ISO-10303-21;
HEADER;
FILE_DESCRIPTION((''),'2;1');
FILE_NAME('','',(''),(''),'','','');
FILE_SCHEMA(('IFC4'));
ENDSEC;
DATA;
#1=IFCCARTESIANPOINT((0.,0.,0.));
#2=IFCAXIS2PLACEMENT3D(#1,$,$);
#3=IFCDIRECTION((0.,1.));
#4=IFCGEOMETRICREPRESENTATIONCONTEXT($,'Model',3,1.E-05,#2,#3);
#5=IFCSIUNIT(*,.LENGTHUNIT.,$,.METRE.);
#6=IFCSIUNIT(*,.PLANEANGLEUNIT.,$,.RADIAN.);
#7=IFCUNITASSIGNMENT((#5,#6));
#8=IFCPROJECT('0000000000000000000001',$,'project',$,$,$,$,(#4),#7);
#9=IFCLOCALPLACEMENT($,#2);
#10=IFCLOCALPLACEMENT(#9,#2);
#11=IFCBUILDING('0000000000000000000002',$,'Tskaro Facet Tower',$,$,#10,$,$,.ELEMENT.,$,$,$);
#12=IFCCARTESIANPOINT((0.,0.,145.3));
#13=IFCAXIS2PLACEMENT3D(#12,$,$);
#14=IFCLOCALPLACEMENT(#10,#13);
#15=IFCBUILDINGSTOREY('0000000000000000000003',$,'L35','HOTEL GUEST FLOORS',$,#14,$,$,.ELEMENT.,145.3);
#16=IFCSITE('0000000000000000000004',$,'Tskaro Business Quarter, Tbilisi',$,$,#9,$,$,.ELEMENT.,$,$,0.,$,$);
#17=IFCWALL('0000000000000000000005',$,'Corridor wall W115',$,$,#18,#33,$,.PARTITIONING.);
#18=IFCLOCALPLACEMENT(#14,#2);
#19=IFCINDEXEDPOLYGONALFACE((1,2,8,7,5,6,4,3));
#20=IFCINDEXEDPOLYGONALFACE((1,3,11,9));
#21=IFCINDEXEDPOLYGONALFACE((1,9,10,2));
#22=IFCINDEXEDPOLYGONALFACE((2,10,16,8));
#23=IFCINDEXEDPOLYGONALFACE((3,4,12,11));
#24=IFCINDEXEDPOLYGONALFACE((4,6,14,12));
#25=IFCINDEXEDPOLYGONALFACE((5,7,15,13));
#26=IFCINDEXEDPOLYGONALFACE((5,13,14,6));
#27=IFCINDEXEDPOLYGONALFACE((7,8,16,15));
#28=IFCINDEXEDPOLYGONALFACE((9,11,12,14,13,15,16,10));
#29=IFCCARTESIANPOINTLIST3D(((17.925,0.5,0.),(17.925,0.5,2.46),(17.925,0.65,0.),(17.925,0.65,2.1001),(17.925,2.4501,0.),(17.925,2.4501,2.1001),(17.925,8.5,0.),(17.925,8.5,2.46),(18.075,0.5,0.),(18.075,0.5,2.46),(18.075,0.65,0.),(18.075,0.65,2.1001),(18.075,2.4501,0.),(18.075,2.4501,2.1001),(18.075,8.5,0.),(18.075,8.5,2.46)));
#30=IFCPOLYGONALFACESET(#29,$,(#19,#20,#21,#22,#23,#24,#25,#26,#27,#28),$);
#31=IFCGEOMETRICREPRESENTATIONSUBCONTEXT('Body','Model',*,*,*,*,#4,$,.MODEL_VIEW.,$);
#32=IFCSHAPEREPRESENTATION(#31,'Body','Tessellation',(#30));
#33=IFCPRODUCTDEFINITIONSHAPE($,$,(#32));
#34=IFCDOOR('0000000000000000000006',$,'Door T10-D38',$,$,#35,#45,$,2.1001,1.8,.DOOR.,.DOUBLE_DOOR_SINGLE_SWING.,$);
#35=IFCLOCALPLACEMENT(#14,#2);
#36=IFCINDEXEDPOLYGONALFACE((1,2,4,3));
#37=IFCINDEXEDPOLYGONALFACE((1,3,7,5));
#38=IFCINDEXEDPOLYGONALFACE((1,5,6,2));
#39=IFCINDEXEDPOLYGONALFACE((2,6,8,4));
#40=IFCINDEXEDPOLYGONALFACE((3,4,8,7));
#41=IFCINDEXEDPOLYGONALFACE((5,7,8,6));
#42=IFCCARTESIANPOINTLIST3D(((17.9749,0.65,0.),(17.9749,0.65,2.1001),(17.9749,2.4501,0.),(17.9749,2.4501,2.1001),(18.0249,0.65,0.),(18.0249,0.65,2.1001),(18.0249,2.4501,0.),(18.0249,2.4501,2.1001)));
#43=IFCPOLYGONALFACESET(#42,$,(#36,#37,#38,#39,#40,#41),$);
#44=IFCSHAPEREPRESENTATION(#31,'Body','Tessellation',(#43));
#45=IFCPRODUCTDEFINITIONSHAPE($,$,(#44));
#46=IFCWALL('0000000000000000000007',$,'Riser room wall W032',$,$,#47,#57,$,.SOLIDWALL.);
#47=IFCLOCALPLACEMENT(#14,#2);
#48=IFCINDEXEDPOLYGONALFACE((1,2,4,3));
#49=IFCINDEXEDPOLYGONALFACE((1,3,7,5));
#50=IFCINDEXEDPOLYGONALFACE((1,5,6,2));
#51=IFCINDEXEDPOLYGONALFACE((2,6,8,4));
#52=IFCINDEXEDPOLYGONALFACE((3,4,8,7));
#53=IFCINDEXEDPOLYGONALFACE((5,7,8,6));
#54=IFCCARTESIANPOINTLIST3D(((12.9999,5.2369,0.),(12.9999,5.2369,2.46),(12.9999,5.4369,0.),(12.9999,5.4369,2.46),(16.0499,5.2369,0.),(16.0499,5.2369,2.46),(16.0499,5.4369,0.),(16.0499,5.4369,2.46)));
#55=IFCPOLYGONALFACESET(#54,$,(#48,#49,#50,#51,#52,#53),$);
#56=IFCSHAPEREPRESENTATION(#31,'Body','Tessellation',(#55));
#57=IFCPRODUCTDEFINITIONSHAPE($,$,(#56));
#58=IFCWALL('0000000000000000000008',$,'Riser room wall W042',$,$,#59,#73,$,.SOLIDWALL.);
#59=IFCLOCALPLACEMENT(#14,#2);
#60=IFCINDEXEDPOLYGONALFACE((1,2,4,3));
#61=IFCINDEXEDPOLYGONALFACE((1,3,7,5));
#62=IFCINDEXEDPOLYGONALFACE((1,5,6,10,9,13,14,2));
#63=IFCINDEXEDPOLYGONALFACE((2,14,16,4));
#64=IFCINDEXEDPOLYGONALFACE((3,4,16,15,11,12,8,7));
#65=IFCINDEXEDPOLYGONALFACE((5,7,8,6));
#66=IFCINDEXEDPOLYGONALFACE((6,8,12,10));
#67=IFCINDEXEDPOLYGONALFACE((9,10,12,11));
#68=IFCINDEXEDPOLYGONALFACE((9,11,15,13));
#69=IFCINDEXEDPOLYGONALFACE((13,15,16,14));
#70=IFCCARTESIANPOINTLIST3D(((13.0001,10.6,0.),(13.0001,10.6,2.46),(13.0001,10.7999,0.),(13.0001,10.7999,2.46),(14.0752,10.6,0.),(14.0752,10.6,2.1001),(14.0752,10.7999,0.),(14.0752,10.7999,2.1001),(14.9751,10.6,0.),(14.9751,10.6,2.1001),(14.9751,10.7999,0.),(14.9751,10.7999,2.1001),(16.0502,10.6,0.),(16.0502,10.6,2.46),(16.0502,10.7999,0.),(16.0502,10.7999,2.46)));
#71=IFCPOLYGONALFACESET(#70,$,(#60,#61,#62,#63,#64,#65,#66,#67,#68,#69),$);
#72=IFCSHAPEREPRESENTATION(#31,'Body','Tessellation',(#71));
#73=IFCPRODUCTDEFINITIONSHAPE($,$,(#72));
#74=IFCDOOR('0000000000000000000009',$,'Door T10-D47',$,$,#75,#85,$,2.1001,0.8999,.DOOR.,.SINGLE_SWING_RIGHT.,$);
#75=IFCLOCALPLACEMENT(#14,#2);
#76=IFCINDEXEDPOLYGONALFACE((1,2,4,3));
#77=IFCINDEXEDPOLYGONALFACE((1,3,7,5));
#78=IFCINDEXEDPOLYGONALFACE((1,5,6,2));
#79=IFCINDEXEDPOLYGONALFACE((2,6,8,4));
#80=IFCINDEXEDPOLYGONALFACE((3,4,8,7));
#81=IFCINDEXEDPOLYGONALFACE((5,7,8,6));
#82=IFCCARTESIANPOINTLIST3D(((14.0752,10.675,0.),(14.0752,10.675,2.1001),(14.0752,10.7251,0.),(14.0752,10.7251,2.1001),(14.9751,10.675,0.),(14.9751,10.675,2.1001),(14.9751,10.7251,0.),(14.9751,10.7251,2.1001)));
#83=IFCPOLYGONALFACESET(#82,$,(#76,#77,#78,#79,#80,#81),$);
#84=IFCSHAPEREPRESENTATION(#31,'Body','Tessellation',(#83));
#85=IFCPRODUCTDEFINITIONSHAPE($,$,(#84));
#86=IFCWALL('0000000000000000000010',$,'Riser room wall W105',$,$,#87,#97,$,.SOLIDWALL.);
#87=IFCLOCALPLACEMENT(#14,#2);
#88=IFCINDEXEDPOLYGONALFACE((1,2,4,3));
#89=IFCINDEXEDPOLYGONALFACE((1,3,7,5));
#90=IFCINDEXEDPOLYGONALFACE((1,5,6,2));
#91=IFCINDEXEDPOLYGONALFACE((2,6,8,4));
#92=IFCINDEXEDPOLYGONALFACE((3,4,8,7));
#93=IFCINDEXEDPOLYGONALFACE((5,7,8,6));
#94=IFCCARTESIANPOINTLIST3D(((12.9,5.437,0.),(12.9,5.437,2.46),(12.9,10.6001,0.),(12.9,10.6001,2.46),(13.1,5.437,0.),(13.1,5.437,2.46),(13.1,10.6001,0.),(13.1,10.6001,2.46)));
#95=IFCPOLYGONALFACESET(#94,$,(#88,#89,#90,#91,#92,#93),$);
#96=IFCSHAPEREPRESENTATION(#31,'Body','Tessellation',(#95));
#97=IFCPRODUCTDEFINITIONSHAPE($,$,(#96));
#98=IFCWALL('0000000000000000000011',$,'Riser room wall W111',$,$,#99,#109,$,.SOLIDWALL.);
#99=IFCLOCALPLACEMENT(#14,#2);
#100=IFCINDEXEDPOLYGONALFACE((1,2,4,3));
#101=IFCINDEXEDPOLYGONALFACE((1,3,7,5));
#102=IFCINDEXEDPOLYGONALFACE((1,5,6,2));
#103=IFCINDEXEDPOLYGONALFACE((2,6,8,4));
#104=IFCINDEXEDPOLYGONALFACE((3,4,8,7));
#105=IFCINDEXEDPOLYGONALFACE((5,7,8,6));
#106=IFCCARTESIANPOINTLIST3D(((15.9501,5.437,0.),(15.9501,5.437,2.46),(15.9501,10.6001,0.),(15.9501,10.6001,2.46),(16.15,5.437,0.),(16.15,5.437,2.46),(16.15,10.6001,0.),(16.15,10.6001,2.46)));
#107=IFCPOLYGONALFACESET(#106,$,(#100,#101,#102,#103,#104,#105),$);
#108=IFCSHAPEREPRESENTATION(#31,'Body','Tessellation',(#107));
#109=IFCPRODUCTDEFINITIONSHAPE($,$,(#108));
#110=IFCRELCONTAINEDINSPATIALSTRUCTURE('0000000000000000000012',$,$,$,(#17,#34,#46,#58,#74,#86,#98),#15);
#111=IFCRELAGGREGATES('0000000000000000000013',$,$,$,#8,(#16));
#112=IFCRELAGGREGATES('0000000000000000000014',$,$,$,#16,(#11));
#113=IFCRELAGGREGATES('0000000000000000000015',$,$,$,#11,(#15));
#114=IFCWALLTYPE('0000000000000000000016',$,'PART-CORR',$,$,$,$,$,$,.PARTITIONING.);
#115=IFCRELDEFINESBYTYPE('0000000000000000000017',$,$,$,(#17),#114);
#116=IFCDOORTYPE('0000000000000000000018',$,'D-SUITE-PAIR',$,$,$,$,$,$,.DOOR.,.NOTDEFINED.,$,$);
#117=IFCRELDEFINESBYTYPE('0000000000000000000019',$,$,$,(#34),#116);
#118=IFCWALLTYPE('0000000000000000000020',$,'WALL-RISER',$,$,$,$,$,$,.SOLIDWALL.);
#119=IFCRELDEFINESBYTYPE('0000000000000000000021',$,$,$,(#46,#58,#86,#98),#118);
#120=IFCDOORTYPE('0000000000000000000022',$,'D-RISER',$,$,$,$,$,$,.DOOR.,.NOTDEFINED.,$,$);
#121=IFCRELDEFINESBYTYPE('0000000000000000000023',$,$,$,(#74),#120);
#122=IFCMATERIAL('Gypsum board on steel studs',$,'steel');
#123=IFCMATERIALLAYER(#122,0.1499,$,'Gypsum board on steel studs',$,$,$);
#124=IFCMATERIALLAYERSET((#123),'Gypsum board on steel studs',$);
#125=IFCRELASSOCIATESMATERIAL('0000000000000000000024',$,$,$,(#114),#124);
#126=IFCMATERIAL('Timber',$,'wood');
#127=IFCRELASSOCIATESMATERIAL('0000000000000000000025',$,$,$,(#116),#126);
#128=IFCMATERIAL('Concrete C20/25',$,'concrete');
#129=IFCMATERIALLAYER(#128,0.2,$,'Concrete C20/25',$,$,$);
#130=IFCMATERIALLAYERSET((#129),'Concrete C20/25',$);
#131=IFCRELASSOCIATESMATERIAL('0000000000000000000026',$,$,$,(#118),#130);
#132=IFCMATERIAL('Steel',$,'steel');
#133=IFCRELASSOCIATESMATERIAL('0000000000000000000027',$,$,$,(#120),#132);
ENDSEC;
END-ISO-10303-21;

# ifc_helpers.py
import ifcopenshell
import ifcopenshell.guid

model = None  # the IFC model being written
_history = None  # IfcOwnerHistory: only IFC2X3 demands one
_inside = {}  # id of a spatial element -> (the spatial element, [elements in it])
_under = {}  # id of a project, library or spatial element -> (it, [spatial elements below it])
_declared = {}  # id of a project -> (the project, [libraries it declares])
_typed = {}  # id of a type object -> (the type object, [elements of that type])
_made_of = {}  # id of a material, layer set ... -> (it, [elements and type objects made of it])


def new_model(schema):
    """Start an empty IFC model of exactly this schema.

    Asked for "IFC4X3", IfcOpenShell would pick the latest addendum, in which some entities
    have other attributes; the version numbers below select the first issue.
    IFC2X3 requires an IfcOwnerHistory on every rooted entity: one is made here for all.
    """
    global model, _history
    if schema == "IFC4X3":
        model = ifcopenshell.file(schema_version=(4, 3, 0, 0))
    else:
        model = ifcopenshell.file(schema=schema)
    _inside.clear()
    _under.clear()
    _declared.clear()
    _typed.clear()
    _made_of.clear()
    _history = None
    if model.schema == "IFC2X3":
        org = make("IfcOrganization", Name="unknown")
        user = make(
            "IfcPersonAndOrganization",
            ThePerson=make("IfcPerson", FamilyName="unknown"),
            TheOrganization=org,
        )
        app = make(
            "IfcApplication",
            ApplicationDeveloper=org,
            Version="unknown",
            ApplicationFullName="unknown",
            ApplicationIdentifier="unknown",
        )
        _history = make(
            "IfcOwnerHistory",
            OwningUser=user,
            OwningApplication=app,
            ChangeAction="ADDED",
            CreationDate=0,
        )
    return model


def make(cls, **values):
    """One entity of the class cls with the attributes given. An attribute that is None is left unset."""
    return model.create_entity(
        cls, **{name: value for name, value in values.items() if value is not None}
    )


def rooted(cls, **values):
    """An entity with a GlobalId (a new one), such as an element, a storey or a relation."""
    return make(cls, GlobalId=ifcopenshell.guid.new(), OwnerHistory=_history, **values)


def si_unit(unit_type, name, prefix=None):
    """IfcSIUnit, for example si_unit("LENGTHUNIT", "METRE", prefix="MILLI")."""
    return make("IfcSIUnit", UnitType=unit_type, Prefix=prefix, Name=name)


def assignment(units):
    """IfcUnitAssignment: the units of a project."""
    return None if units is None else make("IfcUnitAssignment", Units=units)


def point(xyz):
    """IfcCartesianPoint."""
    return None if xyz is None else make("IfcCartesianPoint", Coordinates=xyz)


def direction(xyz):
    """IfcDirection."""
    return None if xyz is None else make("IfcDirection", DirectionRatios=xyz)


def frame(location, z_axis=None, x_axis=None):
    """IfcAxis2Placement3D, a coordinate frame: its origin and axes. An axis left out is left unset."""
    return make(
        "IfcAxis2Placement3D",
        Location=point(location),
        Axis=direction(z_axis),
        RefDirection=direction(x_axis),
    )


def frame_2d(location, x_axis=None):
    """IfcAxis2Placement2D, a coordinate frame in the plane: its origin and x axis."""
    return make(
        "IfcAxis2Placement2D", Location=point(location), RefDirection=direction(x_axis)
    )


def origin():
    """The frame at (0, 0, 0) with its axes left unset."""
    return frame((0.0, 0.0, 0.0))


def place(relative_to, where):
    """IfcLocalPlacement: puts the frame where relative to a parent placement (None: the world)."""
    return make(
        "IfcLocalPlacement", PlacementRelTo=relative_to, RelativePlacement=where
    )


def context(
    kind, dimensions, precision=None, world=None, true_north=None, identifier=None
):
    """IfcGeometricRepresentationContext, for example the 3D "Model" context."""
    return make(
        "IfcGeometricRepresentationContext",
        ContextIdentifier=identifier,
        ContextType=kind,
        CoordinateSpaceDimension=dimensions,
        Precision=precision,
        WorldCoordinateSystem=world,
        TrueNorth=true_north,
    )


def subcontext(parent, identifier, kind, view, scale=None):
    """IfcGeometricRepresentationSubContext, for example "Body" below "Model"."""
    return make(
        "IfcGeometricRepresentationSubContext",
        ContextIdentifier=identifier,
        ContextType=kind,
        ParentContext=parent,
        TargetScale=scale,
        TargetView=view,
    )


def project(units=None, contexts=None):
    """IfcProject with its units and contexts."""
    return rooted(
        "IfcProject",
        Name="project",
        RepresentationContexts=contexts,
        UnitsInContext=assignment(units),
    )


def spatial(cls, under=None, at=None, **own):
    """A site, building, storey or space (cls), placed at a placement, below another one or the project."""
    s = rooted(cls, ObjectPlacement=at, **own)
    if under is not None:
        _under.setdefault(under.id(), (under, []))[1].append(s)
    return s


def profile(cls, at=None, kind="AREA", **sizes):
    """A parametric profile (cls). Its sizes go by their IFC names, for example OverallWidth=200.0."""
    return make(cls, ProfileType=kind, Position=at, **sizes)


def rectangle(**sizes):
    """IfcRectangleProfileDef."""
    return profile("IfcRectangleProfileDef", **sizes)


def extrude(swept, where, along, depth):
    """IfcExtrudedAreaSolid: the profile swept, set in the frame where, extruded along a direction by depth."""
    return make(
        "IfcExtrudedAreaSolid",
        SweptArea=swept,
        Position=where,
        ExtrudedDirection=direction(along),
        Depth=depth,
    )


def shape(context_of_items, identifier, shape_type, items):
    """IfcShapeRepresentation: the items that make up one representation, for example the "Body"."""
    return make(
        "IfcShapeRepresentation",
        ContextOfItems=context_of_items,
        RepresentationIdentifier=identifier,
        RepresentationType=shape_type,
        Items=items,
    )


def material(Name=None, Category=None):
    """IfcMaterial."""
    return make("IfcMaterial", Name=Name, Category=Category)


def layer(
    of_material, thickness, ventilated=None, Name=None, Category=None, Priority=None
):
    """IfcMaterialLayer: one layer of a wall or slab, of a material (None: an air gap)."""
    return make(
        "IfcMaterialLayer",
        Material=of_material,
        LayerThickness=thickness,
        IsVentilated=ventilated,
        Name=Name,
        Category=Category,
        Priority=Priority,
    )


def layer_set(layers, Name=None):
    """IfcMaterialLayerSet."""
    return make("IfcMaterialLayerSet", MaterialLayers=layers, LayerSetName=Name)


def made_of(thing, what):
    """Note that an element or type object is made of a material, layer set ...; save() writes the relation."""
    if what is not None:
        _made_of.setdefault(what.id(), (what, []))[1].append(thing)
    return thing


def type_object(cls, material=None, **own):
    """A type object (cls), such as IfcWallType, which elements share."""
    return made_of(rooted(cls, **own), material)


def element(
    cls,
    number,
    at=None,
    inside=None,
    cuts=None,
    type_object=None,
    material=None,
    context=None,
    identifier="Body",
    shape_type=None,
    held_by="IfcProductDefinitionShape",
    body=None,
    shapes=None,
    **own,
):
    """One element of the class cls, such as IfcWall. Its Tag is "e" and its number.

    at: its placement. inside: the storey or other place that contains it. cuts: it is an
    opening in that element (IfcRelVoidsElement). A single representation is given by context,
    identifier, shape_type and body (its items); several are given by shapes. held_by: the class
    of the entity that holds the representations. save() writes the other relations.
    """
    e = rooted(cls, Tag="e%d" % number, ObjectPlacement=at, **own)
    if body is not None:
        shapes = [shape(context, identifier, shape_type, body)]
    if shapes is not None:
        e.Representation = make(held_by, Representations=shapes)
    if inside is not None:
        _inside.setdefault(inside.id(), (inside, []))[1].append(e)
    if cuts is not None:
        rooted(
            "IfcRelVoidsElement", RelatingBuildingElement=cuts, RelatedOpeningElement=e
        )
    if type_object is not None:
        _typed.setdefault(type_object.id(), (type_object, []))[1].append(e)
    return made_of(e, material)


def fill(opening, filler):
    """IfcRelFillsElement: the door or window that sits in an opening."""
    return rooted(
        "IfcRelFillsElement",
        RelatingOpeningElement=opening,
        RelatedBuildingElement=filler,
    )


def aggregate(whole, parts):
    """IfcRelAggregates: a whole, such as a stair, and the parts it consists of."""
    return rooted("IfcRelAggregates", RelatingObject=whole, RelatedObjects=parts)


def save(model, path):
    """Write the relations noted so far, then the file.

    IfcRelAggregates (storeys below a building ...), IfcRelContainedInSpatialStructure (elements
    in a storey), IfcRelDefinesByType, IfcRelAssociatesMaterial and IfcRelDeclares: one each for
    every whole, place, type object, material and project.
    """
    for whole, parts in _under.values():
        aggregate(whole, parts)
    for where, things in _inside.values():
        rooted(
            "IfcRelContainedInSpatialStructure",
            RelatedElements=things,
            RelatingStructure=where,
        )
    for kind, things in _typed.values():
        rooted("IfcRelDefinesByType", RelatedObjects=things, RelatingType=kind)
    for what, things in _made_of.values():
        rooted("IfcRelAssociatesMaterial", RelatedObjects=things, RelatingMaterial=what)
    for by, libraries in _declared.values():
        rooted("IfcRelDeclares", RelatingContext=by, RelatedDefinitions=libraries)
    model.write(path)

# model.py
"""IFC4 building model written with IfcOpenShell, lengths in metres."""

from ifc_helpers import new_model, si_unit, direction, frame, frame_2d, origin, place, context, subcontext, project, spatial, rectangle, extrude, material, layer, layer_set, type_object, element, fill, save


model = new_model("IFC4")

# Units and contexts
model_context = context("Model", 3, precision=1e-05, world=origin(), true_north=direction((0.0, 1.0)))
body_context = subcontext(model_context, "Body", "Model", "MODEL_VIEW")
ifc_project = project(units=[si_unit("LENGTHUNIT", "METRE"), si_unit("PLANEANGLEUNIT", "RADIAN")], contexts=[model_context])

# Site, building, storey
site_placement = place(None, origin())
site = spatial("IfcSite", under=ifc_project, at=site_placement, Name="Tskaro Business Quarter, Tbilisi", CompositionType="ELEMENT", RefElevation=0.0)
building_placement = place(site_placement, origin())
building = spatial("IfcBuilding", under=site, at=building_placement, Name="Tskaro Facet Tower", CompositionType="ELEMENT")
storey_placement = place(building_placement, frame((0.0, 0.0, 145.3)))
storey = spatial("IfcBuildingStorey", under=building, at=storey_placement, Name="L35", Description="HOTEL GUEST FLOORS", CompositionType="ELEMENT", Elevation=145.3)

# Shared definitions
ifc_material_1 = material(Name="Gypsum board on steel studs", Category="steel")

# Shared definitions
ifc_layer_1 = layer(ifc_material_1, 0.1499, Name="Gypsum board on steel studs")
ifc_layer_set_1 = layer_set([ifc_layer_1], Name="Gypsum board on steel studs")
wall_type_1 = type_object("IfcWallType", Name="PART-CORR", PredefinedType="PARTITIONING", material=ifc_layer_set_1)
ifc_material_2 = material(Name="Timber", Category="wood")

# Shared definitions
ifc_material_3 = material(Name="Steel", Category="steel")

# Wall, opening, door
door_type_1 = type_object("IfcDoorType", Name="D-SUITE-PAIR", OperationType="NOTDEFINED", PredefinedType="DOOR", material=ifc_material_2)
wall_1_placement = place(storey_placement, frame((18.0, 8.5, 0.0), z_axis=(0.0, 0.0, 1.0), x_axis=(0.0, -1.0, 0.0)))
wall_1 = element("IfcWall", 1, at=wall_1_placement, inside=storey, type_object=wall_type_1, Name="Corridor wall W115", PredefinedType="PARTITIONING", context=body_context, shape_type="SweptSolid", body=[
    extrude(rectangle(XDim=8.0, YDim=0.1499, at=frame_2d((4.0, 0.0))), origin(), (0.0, 0.0, 1.0), 2.46),
])
opening_1_placement = place(wall_1_placement, frame((6.05, 0.0, 0.0)))
opening_1 = element("IfcOpeningElement", 2, at=opening_1_placement, cuts=wall_1, PredefinedType="OPENING", context=body_context, shape_type="SweptSolid", body=[
    extrude(rectangle(XDim=1.8, YDim=2.1001, at=frame_2d((0.8999, 1.05))), frame((0.0, 0.085, 0.0), z_axis=(0.0, -1.0, 0.0), x_axis=(1.0, 0.0, 0.0)), (0.0, 0.0, 1.0), 0.1699),
])
door_1_placement = place(opening_1_placement, origin())
door_1 = element("IfcDoor", 3, at=door_1_placement, inside=storey, type_object=door_type_1, Name="Door T10-D38", OperationType="DOUBLE_DOOR_SINGLE_SWING", OverallHeight=2.1001, OverallWidth=1.8, PredefinedType="DOOR", context=body_context, shape_type="SweptSolid", body=[
    extrude(rectangle(XDim=1.8, YDim=2.1001, at=frame_2d((0.8999, 1.05))), frame((0.0, 0.0249, 0.0), z_axis=(0.0, -1.0, 0.0), x_axis=(1.0, 0.0, 0.0)), (0.0, 0.0, 1.0), 0.05),
])
fill(opening_1, door_1)

# Wall
ifc_material_4 = material(Name="Concrete C20/25", Category="concrete")
ifc_layer_2 = layer(ifc_material_4, 0.2, Name="Concrete C20/25")
ifc_layer_set_2 = layer_set([ifc_layer_2], Name="Concrete C20/25")
wall_type_2 = type_object("IfcWallType", Name="WALL-RISER", PredefinedType="SOLIDWALL", material=ifc_layer_set_2)
wall_2_placement = place(storey_placement, frame((13.0, 5.3369, 0.0), z_axis=(0.0, 0.0, 1.0), x_axis=(1.0, 0.0, 0.0)))
element("IfcWall", 4, at=wall_2_placement, inside=storey, type_object=wall_type_2, Name="Riser room wall W032", PredefinedType="SOLIDWALL", context=body_context, shape_type="SweptSolid", body=[
    extrude(rectangle(XDim=3.05, YDim=0.2, at=frame_2d((1.5249, 0.0))), origin(), (0.0, 0.0, 1.0), 2.46),
])

# Wall, opening, door
wall_3_placement = place(storey_placement, frame((16.05, 10.7, 0.0), z_axis=(0.0, 0.0, 1.0), x_axis=(-1.0, 0.0, 0.0)))
wall_3 = element("IfcWall", 5, at=wall_3_placement, inside=storey, type_object=wall_type_2, Name="Riser room wall W042", PredefinedType="SOLIDWALL", context=body_context, shape_type="SweptSolid", body=[
    extrude(rectangle(XDim=3.05, YDim=0.2, at=frame_2d((1.5249, 0.0))), origin(), (0.0, 0.0, 1.0), 2.46),
])
opening_2_placement = place(wall_3_placement, frame((1.075, 0.0, 0.0)))
opening_2 = element("IfcOpeningElement", 6, at=opening_2_placement, cuts=wall_3, PredefinedType="OPENING", context=body_context, shape_type="SweptSolid", body=[
    extrude(rectangle(XDim=0.8999, YDim=2.1001, at=frame_2d((0.45, 1.05))), frame((0.0, 0.1099, 0.0), z_axis=(0.0, -1.0, 0.0), x_axis=(1.0, 0.0, 0.0)), (0.0, 0.0, 1.0), 0.22),
])
door_type_2 = type_object("IfcDoorType", Name="D-RISER", OperationType="NOTDEFINED", PredefinedType="DOOR", material=ifc_material_3)
door_2_placement = place(opening_2_placement, origin())
door_2 = element("IfcDoor", 7, at=door_2_placement, inside=storey, type_object=door_type_2, Name="Door T10-D47", OperationType="SINGLE_SWING_RIGHT", OverallHeight=2.1001, OverallWidth=0.8999, PredefinedType="DOOR", context=body_context, shape_type="SweptSolid", body=[
    extrude(rectangle(XDim=0.8999, YDim=2.1001, at=frame_2d((0.45, 1.05))), frame((0.0, 0.0249, 0.0), z_axis=(0.0, -1.0, 0.0), x_axis=(1.0, 0.0, 0.0)), (0.0, 0.0, 1.0), 0.05),
])
fill(opening_2, door_2)

# Walls
for number, where, z_axis, x_axis, name in (
    (8, (13.0, 5.437, 0.0), (0.0, 0.0, 1.0), (0.0, 1.0, 0.0), "Riser room wall W105"),
    (9, (16.05, 5.437, 0.0), (0.0, 0.0, 1.0), (0.0, 1.0, 0.0), "Riser room wall W111"),
):
    element("IfcWall", number, at=place(storey_placement, frame(where, z_axis=z_axis, x_axis=x_axis)), inside=storey, type_object=wall_type_2, Name=name, PredefinedType="SOLIDWALL", context=body_context, shape_type="SweptSolid", body=[
        extrude(rectangle(XDim=5.1631, YDim=0.2, at=frame_2d((2.5815, 0.0))), origin(), (0.0, 0.0, 1.0), 2.46),
    ])

save(model, "model.ifc")
